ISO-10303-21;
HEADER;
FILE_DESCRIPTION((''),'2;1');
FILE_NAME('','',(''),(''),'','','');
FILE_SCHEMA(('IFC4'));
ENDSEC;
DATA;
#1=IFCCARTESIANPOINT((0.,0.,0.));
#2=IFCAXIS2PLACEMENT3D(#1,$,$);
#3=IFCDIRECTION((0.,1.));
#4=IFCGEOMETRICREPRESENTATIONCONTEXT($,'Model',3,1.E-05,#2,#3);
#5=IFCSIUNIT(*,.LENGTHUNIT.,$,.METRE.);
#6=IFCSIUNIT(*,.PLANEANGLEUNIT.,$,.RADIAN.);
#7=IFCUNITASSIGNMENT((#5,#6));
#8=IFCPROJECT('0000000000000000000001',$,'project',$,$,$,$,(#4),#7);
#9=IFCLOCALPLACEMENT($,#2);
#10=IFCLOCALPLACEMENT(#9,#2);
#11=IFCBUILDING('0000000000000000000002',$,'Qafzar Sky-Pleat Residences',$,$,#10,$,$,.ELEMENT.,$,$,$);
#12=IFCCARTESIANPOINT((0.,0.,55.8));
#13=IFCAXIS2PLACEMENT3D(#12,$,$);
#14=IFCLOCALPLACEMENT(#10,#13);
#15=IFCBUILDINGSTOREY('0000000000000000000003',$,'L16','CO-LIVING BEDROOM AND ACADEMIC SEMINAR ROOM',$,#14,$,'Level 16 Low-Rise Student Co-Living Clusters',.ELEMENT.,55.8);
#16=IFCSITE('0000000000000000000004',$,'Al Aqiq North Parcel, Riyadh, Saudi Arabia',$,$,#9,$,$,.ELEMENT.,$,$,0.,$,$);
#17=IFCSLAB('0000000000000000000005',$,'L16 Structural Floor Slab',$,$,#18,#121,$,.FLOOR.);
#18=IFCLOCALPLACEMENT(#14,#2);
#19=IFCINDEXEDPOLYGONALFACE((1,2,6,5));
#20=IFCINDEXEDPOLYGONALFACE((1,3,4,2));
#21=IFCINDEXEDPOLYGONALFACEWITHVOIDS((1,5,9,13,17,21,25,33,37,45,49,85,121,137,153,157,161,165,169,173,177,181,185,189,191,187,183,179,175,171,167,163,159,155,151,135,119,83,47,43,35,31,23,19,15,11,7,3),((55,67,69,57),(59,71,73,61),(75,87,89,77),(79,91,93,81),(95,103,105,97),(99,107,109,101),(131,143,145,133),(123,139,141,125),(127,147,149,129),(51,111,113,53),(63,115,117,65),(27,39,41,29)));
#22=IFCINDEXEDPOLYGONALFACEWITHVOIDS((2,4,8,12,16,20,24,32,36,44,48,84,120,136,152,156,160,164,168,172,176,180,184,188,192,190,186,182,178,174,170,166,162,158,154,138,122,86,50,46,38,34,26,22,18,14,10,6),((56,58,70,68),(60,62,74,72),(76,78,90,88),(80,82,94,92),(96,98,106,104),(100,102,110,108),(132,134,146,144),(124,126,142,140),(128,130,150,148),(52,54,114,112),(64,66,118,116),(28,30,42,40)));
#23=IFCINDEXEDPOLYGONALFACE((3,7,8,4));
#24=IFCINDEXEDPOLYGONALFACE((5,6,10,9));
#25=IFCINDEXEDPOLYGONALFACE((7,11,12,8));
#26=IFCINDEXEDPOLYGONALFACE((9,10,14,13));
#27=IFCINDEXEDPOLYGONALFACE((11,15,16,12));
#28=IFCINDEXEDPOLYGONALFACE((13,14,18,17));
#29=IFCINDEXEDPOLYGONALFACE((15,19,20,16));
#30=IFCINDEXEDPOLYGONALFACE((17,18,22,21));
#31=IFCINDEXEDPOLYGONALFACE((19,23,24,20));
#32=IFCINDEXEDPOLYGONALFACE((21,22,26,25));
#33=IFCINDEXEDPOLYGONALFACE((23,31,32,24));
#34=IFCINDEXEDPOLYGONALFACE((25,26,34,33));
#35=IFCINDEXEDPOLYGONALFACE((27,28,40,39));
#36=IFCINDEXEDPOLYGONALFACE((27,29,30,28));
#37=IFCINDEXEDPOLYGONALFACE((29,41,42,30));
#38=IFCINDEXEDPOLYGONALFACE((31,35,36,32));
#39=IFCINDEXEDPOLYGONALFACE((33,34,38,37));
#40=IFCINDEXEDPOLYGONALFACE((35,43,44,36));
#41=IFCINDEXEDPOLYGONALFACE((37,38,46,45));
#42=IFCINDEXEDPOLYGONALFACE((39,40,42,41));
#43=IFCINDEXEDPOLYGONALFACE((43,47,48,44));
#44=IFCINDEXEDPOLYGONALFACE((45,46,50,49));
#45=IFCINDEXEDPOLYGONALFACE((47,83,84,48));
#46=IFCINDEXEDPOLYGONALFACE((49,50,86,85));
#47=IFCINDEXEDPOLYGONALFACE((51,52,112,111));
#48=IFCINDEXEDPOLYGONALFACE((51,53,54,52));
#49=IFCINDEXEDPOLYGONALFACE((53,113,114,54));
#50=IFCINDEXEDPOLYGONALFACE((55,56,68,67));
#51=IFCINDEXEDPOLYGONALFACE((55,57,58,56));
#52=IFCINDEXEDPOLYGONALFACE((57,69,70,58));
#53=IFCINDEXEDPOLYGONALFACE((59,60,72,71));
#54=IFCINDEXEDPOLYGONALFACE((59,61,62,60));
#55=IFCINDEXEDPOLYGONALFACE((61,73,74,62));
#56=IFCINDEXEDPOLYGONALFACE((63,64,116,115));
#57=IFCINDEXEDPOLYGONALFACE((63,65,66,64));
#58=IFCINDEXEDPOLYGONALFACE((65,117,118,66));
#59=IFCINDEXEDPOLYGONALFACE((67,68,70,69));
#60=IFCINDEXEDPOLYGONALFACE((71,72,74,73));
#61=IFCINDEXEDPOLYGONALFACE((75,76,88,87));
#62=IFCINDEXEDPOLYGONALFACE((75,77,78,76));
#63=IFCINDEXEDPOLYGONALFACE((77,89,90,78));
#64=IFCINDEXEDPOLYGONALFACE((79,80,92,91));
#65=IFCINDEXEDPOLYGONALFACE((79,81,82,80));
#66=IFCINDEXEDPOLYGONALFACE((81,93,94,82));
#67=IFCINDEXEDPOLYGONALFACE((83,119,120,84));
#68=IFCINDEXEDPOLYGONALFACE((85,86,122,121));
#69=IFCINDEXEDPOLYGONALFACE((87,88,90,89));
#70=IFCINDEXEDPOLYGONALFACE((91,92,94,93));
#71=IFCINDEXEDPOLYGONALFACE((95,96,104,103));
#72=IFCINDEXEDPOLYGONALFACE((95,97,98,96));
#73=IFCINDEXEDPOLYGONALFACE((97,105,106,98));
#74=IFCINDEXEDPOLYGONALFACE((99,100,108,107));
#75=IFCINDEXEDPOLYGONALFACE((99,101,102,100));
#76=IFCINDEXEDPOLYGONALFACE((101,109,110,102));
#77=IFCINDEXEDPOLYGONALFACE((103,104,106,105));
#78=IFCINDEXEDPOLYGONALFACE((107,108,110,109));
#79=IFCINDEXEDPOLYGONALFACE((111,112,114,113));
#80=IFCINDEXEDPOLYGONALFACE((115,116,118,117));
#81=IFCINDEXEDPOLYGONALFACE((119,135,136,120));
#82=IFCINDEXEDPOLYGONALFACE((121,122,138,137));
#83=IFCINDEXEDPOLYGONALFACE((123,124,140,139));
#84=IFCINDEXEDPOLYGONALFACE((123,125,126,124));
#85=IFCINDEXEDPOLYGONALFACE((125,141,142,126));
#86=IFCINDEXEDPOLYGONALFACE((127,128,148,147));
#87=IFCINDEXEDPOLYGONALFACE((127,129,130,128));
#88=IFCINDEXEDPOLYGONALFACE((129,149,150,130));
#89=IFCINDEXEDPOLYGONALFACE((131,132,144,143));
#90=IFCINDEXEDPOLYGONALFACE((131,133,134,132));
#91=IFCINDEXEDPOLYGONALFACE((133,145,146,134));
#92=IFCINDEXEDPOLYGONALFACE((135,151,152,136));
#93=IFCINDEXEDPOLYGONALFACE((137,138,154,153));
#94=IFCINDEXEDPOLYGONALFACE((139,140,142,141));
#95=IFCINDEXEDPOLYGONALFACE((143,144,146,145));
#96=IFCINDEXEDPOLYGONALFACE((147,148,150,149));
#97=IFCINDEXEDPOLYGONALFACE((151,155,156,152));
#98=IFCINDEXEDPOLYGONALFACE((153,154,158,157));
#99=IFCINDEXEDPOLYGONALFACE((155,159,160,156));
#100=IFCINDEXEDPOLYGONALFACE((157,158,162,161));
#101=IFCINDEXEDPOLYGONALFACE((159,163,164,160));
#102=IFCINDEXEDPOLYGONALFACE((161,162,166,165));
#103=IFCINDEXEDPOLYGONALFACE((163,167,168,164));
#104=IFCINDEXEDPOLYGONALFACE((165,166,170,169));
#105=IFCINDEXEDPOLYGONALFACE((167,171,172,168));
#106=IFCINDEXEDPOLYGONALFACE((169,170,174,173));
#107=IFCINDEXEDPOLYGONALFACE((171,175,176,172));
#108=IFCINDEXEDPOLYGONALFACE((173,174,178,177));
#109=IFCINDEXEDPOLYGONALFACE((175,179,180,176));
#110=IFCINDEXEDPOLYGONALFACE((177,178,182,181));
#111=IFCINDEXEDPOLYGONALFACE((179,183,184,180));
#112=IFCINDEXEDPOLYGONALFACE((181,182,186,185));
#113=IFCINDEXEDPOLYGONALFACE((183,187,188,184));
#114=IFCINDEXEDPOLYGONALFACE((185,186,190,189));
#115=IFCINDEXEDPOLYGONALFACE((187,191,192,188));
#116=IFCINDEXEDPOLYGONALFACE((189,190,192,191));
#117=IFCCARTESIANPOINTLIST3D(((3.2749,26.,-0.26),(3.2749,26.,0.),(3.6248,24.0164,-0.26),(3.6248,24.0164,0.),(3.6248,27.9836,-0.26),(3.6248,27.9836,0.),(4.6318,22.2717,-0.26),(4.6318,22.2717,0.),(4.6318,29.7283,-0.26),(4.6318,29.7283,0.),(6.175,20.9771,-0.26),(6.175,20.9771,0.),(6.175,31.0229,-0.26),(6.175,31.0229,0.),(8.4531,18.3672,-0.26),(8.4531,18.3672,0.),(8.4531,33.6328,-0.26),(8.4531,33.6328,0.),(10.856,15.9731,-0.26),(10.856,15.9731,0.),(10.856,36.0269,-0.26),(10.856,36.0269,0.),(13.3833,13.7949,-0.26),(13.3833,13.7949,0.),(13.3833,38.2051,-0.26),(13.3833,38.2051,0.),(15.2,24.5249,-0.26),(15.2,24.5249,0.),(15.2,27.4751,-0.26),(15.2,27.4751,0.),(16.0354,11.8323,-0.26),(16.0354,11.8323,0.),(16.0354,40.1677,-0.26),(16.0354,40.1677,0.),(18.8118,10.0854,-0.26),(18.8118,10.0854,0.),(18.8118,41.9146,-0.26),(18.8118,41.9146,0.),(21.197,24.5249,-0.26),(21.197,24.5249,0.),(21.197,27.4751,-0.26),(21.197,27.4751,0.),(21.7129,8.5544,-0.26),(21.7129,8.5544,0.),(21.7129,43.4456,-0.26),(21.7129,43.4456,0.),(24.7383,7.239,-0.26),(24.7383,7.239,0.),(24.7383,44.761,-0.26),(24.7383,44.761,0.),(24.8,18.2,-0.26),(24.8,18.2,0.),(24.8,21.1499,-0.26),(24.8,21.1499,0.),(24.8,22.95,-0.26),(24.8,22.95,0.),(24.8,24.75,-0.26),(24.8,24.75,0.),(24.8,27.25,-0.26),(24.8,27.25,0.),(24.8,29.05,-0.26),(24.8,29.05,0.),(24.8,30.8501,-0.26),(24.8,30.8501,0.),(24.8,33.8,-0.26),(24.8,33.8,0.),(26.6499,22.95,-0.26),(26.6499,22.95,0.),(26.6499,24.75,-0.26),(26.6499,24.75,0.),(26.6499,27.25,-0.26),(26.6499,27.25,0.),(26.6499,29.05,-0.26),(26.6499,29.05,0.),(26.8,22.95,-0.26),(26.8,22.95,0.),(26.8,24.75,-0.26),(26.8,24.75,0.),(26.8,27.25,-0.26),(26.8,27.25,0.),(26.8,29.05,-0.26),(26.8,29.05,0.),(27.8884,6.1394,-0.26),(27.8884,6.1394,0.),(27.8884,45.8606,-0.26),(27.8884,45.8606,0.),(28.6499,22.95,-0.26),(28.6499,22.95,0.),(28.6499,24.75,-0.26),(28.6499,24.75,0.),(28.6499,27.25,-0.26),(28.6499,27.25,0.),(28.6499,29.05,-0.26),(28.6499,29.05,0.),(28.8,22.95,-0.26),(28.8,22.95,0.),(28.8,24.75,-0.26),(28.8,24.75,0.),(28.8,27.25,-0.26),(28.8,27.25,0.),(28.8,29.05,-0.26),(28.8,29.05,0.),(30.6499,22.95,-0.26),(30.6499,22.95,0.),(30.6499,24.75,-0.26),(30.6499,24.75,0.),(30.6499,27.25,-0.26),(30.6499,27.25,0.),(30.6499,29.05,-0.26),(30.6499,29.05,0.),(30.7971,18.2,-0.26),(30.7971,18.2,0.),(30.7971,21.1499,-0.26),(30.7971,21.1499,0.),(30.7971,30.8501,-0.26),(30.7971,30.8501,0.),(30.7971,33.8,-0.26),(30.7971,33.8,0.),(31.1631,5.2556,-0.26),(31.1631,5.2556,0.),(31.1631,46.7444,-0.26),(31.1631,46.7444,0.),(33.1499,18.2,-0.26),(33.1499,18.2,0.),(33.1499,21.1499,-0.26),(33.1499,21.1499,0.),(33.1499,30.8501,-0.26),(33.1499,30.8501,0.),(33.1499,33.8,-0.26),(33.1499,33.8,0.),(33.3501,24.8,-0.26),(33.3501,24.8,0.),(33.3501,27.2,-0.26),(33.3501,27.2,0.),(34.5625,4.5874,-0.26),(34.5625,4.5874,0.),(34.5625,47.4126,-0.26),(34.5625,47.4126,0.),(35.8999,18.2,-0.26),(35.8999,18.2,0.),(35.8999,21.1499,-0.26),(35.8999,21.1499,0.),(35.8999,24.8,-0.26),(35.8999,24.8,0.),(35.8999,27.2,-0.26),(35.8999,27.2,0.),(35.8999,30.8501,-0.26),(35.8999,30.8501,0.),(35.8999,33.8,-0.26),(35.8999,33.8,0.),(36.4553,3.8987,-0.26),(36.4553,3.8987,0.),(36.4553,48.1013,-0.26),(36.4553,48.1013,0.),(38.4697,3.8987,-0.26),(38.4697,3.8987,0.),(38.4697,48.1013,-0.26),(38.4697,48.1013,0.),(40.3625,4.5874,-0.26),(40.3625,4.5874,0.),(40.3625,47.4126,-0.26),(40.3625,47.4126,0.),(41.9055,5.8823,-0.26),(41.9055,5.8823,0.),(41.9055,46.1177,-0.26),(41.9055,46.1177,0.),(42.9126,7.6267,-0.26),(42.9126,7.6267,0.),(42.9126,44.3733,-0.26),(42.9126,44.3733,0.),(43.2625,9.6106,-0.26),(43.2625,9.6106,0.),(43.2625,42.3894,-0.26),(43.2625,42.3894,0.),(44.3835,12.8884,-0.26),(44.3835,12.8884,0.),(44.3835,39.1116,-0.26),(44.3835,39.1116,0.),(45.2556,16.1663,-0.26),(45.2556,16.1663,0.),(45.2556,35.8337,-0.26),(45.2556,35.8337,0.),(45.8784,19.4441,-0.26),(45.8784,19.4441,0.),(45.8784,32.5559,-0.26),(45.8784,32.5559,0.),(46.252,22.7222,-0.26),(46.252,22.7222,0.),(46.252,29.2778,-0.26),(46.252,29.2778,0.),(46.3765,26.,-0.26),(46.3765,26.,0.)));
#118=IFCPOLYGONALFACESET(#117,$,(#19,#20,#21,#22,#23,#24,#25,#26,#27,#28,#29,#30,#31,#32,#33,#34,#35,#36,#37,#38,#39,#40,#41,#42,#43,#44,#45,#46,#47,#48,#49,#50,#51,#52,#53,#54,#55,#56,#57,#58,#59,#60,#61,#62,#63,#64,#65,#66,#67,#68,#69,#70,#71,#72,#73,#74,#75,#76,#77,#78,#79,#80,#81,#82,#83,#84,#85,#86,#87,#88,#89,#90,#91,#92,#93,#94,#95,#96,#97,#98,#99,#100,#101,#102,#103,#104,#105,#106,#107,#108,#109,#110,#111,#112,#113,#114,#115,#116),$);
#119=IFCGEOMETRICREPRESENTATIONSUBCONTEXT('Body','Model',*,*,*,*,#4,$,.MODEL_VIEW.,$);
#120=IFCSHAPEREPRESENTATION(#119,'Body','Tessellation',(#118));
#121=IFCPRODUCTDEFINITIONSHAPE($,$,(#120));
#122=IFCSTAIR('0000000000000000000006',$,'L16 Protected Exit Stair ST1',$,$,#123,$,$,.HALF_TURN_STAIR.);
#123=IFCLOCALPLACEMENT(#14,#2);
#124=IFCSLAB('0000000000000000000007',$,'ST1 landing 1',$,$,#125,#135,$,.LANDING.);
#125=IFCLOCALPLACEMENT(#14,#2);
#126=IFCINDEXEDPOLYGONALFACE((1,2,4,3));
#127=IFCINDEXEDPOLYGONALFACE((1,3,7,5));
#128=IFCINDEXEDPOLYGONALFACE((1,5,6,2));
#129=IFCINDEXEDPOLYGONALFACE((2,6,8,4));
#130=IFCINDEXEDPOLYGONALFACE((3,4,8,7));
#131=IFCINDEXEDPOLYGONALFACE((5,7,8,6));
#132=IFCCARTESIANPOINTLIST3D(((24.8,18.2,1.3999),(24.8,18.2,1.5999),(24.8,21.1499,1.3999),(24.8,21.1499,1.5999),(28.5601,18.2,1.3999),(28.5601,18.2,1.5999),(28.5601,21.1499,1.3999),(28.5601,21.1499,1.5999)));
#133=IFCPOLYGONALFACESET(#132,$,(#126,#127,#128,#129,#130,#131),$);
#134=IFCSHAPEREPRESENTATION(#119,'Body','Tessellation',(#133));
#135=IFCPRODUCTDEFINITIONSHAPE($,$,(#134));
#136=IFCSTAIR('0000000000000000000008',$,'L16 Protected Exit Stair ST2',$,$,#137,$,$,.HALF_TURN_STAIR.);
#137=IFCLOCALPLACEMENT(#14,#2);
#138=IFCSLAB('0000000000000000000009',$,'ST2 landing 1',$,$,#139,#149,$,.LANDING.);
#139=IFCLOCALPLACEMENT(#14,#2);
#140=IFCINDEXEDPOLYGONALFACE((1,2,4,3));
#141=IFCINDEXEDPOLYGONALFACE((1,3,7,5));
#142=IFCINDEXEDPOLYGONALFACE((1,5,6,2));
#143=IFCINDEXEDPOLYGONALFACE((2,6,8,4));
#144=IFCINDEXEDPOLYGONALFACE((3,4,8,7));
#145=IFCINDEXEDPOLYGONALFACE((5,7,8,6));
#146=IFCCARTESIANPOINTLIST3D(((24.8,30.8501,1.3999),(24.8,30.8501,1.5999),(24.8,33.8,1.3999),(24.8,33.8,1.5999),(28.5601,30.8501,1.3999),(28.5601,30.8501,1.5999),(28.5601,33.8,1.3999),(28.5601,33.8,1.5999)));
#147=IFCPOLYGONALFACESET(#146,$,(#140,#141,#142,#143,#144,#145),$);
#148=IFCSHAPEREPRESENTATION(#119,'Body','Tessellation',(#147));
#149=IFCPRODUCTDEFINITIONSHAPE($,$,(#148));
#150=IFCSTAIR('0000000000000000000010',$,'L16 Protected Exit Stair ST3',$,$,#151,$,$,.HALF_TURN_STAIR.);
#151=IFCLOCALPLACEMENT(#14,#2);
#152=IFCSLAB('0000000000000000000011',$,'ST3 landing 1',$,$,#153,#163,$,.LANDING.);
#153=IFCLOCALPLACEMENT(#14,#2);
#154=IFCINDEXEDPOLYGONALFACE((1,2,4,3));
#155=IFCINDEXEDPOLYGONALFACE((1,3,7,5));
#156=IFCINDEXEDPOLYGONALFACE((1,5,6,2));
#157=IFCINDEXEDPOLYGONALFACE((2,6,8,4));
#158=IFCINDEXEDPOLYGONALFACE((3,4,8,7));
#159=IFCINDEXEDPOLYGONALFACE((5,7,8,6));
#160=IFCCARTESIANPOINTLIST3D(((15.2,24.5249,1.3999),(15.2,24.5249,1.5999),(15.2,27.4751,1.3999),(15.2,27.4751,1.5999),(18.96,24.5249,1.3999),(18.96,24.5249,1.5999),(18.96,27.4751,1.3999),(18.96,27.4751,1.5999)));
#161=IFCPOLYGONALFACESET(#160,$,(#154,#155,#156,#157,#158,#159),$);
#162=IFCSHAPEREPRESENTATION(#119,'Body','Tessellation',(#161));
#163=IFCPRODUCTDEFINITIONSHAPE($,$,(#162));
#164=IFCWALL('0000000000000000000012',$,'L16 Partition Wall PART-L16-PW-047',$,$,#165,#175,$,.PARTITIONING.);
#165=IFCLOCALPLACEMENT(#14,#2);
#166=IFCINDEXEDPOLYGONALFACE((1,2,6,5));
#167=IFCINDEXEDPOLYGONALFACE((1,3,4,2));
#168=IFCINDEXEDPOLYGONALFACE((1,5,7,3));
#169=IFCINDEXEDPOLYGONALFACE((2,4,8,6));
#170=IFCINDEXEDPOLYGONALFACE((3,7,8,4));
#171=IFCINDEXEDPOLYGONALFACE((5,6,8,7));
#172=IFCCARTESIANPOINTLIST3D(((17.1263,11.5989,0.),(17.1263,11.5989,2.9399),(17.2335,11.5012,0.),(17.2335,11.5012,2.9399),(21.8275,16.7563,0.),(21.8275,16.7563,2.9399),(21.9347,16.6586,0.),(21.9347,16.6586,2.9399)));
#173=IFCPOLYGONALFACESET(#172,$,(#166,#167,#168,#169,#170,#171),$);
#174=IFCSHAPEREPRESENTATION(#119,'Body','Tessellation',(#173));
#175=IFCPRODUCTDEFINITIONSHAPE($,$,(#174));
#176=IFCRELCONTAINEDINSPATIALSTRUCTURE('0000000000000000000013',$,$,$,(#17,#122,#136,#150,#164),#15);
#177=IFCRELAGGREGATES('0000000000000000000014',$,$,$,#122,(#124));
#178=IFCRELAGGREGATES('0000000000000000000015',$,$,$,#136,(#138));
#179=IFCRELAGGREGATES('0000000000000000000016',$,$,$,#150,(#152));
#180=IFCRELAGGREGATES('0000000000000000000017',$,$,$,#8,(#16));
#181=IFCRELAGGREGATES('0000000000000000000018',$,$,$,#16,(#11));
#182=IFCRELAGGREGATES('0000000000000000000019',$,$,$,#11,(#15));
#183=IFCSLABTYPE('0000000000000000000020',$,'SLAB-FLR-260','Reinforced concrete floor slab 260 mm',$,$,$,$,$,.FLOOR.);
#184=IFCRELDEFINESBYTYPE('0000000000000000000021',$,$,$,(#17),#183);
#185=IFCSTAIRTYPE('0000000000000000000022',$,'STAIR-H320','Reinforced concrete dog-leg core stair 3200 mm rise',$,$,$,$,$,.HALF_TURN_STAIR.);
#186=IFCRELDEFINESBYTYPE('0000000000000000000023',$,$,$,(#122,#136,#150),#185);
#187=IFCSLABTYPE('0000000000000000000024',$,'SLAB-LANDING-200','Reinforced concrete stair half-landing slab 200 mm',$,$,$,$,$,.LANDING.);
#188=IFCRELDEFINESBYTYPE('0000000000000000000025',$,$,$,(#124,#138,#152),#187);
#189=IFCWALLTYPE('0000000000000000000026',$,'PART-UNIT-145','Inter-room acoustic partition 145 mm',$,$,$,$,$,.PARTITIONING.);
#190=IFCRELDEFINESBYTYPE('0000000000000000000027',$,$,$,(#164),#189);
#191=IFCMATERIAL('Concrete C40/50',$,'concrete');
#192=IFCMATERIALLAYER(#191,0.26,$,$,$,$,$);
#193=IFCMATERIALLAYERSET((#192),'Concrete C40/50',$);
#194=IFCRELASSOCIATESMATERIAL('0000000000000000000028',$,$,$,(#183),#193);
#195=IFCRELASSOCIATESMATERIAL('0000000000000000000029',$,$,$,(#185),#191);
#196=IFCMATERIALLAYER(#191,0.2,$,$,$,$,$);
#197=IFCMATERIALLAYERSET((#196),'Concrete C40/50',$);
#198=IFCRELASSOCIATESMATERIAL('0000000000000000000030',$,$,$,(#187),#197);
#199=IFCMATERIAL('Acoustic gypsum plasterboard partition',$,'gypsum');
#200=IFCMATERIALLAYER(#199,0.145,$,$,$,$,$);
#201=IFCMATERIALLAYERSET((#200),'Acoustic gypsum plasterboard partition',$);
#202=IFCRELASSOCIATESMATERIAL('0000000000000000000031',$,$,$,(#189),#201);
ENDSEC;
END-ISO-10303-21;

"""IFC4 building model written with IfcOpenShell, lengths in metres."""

from ifc_helpers import new_model, si_unit, direction, frame, frame_2d, origin, place, context, subcontext, project, spatial, polyline, rectangle, outline, extrude, material, layer, layer_set, type_object, element, aggregate, save


model = new_model("IFC4")

# Units and contexts
model_context = context("Model", 3, precision=1e-05, world=origin(), true_north=direction((0.0, 1.0)))
body_context = subcontext(model_context, "Body", "Model", "MODEL_VIEW")
ifc_project = project(units=[si_unit("LENGTHUNIT", "METRE"), si_unit("PLANEANGLEUNIT", "RADIAN")], contexts=[model_context])

# Site, building, storey
site_placement = place(None, origin())
site = spatial("IfcSite", under=ifc_project, at=site_placement, Name="Al Aqiq North Parcel, Riyadh, Saudi Arabia", CompositionType="ELEMENT", RefElevation=0.0)
building_placement = place(site_placement, origin())
building = spatial("IfcBuilding", under=site, at=building_placement, Name="Qafzar Sky-Pleat Residences", CompositionType="ELEMENT")
storey_placement = place(building_placement, frame((0.0, 0.0, 55.8)))
storey = spatial("IfcBuildingStorey", under=building, at=storey_placement, Name="L16", Description="CO-LIVING BEDROOM AND ACADEMIC SEMINAR ROOM", LongName="Level 16 Low-Rise Student Co-Living Clusters", CompositionType="ELEMENT", Elevation=55.8)

# Slab
ifc_material_1 = material(Name="Concrete C40/50", Category="concrete")
ifc_layer_1 = layer(ifc_material_1, 0.26)
ifc_layer_set_1 = layer_set([ifc_layer_1], Name="Concrete C40/50")
slab_type_1 = type_object("IfcSlabType", Name="SLAB-FLR-260", Description="Reinforced concrete floor slab 260 mm", PredefinedType="FLOOR", material=ifc_layer_set_1)
slab_1_placement = place(storey_placement, frame((0.0, 0.0, -0.26)))
element("IfcSlab", 1, at=slab_1_placement, inside=storey, type_object=slab_type_1, Name="L16 Structural Floor Slab", PredefinedType="FLOOR", context=body_context, shape_type="SweptSolid", body=[
    extrude(outline(polyline([(6.175, 31.0229), (4.6318, 29.7283), (3.6248, 27.9836), (3.2749, 26.0), (3.6248, 24.0164), (4.6318, 22.2717), (6.175, 20.9771), (8.4531, 18.3672), (10.856, 15.9731), (13.3833, 13.7949), (16.0354, 11.8323), (18.8118, 10.0854), (21.7129, 8.5544), (24.7383, 7.239), (27.8884, 6.1394), (31.1631, 5.2556), (34.5625, 4.5874), (36.4553, 3.8987), (38.4697, 3.8987), (40.3625, 4.5874), (41.9055, 5.8823), (42.9126, 7.6267), (43.2625, 9.6106), (44.3835, 12.8884), (45.2556, 16.1663), (45.8784, 19.4441), (46.252, 22.7222), (46.3765, 26.0), (46.252, 29.2778), (45.8784, 32.5559), (45.2556, 35.8337), (44.3835, 39.1116), (43.2625, 42.3894), (42.9126, 44.3733), (41.9055, 46.1177), (40.3625, 47.4126), (38.4697, 48.1013), (36.4553, 48.1013), (34.5625, 47.4126), (31.1631, 46.7444), (27.8884, 45.8606), (24.7383, 44.761), (21.7129, 43.4456), (18.8118, 41.9146), (16.0354, 40.1677), (13.3833, 38.2051), (10.856, 36.0269), (8.4531, 33.6328), (6.175, 31.0229)]), holes=[polyline([(30.7971, 21.1499), (24.8, 21.1499), (24.8, 18.2), (30.7971, 18.2), (30.7971, 21.1499)]), polyline([(30.7971, 33.8), (24.8, 33.8), (24.8, 30.8501), (30.7971, 30.8501), (30.7971, 33.8)]), polyline([(21.197, 27.4751), (15.2, 27.4751), (15.2, 24.5249), (21.197, 24.5249), (21.197, 27.4751)]), polyline([(24.8, 22.95), (26.6499, 22.95), (26.6499, 24.75), (24.8, 24.75), (24.8, 22.95)]), polyline([(26.8, 22.95), (28.6499, 22.95), (28.6499, 24.75), (26.8, 24.75), (26.8, 22.95)]), polyline([(28.8, 22.95), (30.6499, 22.95), (30.6499, 24.75), (28.8, 24.75), (28.8, 22.95)]), polyline([(24.8, 27.25), (26.6499, 27.25), (26.6499, 29.05), (24.8, 29.05), (24.8, 27.25)]), polyline([(26.8, 27.25), (28.6499, 27.25), (28.6499, 29.05), (26.8, 29.05), (26.8, 27.25)]), polyline([(28.8, 27.25), (30.6499, 27.25), (30.6499, 29.05), (28.8, 29.05), (28.8, 27.25)]), polyline([(33.1499, 18.2), (35.8999, 18.2), (35.8999, 21.1499), (33.1499, 21.1499), (33.1499, 18.2)]), polyline([(33.1499, 30.8501), (35.8999, 30.8501), (35.8999, 33.8), (33.1499, 33.8), (33.1499, 30.8501)]), polyline([(33.3501, 24.8), (35.8999, 24.8), (35.8999, 27.2), (33.3501, 27.2), (33.3501, 24.8)])]), origin(), (0.0, 0.0, 1.0), 0.26),
])

# Stairs, slabs
stair_type = type_object("IfcStairType", Name="STAIR-H320", Description="Reinforced concrete dog-leg core stair 3200 mm rise", PredefinedType="HALF_TURN_STAIR", material=ifc_material_1)
stair_1_placement = place(storey_placement, origin())
stair_1 = element("IfcStair", 2, at=stair_1_placement, inside=storey, type_object=stair_type, Name="L16 Protected Exit Stair ST1", PredefinedType="HALF_TURN_STAIR")
ifc_layer_2 = layer(ifc_material_1, 0.2)
ifc_layer_set_2 = layer_set([ifc_layer_2], Name="Concrete C40/50")
slab_type_2 = type_object("IfcSlabType", Name="SLAB-LANDING-200", Description="Reinforced concrete stair half-landing slab 200 mm", PredefinedType="LANDING", material=ifc_layer_set_2)
slab_2_placement = place(storey_placement, frame((0.0, 0.0, 1.3999)))
slab_2 = element("IfcSlab", 3, at=slab_2_placement, type_object=slab_type_2, Name="ST1 landing 1", PredefinedType="LANDING", context=body_context, shape_type="SweptSolid", body=[
    extrude(outline(polyline([(28.5601, 21.1499), (24.8, 21.1499), (24.8, 18.2), (28.5601, 18.2), (28.5601, 21.1499)])), origin(), (0.0, 0.0, 1.0), 0.2),
])
aggregate(stair_1, [slab_2])
stair_2_placement = place(storey_placement, origin())
stair_2 = element("IfcStair", 4, at=stair_2_placement, inside=storey, type_object=stair_type, Name="L16 Protected Exit Stair ST2", PredefinedType="HALF_TURN_STAIR")
slab_3_placement = place(storey_placement, frame((0.0, 0.0, 1.3999)))
slab_3 = element("IfcSlab", 5, at=slab_3_placement, type_object=slab_type_2, Name="ST2 landing 1", PredefinedType="LANDING", context=body_context, shape_type="SweptSolid", body=[
    extrude(outline(polyline([(28.5601, 33.8), (24.8, 33.8), (24.8, 30.8501), (28.5601, 30.8501), (28.5601, 33.8)])), origin(), (0.0, 0.0, 1.0), 0.2),
])
aggregate(stair_2, [slab_3])
stair_3_placement = place(storey_placement, origin())
stair_3 = element("IfcStair", 6, at=stair_3_placement, inside=storey, type_object=stair_type, Name="L16 Protected Exit Stair ST3", PredefinedType="HALF_TURN_STAIR")
slab_4_placement = place(storey_placement, frame((0.0, 0.0, 1.3999)))
slab_4 = element("IfcSlab", 7, at=slab_4_placement, type_object=slab_type_2, Name="ST3 landing 1", PredefinedType="LANDING", context=body_context, shape_type="SweptSolid", body=[
    extrude(outline(polyline([(18.96, 27.4751), (15.2, 27.4751), (15.2, 24.5249), (18.96, 24.5249), (18.96, 27.4751)])), origin(), (0.0, 0.0, 1.0), 0.2),
])
aggregate(stair_3, [slab_4])

# Wall
ifc_material_2 = material(Name="Acoustic gypsum plasterboard partition", Category="gypsum")
ifc_layer_3 = layer(ifc_material_2, 0.145)
ifc_layer_set_3 = layer_set([ifc_layer_3], Name="Acoustic gypsum plasterboard partition")
wall_type_1 = type_object("IfcWallType", Name="PART-UNIT-145", Description="Inter-room acoustic partition 145 mm", PredefinedType="PARTITIONING", material=ifc_layer_set_3)
wall_1_placement = place(storey_placement, frame((17.1799, 11.55, 0.0), z_axis=(0.0, 0.0, 1.0), x_axis=(0.673658, 0.739043, 0.0)))
element("IfcWall", 8, at=wall_1_placement, inside=storey, type_object=wall_type_1, Name="L16 Partition Wall PART-L16-PW-047", PredefinedType="PARTITIONING", context=body_context, shape_type="SweptSolid", body=[
    extrude(rectangle(XDim=6.9785, YDim=0.145, at=frame_2d((3.4893, 0.0))), origin(), (0.0, 0.0, 1.0), 2.9399),
])

save(model, "model.ifc")
